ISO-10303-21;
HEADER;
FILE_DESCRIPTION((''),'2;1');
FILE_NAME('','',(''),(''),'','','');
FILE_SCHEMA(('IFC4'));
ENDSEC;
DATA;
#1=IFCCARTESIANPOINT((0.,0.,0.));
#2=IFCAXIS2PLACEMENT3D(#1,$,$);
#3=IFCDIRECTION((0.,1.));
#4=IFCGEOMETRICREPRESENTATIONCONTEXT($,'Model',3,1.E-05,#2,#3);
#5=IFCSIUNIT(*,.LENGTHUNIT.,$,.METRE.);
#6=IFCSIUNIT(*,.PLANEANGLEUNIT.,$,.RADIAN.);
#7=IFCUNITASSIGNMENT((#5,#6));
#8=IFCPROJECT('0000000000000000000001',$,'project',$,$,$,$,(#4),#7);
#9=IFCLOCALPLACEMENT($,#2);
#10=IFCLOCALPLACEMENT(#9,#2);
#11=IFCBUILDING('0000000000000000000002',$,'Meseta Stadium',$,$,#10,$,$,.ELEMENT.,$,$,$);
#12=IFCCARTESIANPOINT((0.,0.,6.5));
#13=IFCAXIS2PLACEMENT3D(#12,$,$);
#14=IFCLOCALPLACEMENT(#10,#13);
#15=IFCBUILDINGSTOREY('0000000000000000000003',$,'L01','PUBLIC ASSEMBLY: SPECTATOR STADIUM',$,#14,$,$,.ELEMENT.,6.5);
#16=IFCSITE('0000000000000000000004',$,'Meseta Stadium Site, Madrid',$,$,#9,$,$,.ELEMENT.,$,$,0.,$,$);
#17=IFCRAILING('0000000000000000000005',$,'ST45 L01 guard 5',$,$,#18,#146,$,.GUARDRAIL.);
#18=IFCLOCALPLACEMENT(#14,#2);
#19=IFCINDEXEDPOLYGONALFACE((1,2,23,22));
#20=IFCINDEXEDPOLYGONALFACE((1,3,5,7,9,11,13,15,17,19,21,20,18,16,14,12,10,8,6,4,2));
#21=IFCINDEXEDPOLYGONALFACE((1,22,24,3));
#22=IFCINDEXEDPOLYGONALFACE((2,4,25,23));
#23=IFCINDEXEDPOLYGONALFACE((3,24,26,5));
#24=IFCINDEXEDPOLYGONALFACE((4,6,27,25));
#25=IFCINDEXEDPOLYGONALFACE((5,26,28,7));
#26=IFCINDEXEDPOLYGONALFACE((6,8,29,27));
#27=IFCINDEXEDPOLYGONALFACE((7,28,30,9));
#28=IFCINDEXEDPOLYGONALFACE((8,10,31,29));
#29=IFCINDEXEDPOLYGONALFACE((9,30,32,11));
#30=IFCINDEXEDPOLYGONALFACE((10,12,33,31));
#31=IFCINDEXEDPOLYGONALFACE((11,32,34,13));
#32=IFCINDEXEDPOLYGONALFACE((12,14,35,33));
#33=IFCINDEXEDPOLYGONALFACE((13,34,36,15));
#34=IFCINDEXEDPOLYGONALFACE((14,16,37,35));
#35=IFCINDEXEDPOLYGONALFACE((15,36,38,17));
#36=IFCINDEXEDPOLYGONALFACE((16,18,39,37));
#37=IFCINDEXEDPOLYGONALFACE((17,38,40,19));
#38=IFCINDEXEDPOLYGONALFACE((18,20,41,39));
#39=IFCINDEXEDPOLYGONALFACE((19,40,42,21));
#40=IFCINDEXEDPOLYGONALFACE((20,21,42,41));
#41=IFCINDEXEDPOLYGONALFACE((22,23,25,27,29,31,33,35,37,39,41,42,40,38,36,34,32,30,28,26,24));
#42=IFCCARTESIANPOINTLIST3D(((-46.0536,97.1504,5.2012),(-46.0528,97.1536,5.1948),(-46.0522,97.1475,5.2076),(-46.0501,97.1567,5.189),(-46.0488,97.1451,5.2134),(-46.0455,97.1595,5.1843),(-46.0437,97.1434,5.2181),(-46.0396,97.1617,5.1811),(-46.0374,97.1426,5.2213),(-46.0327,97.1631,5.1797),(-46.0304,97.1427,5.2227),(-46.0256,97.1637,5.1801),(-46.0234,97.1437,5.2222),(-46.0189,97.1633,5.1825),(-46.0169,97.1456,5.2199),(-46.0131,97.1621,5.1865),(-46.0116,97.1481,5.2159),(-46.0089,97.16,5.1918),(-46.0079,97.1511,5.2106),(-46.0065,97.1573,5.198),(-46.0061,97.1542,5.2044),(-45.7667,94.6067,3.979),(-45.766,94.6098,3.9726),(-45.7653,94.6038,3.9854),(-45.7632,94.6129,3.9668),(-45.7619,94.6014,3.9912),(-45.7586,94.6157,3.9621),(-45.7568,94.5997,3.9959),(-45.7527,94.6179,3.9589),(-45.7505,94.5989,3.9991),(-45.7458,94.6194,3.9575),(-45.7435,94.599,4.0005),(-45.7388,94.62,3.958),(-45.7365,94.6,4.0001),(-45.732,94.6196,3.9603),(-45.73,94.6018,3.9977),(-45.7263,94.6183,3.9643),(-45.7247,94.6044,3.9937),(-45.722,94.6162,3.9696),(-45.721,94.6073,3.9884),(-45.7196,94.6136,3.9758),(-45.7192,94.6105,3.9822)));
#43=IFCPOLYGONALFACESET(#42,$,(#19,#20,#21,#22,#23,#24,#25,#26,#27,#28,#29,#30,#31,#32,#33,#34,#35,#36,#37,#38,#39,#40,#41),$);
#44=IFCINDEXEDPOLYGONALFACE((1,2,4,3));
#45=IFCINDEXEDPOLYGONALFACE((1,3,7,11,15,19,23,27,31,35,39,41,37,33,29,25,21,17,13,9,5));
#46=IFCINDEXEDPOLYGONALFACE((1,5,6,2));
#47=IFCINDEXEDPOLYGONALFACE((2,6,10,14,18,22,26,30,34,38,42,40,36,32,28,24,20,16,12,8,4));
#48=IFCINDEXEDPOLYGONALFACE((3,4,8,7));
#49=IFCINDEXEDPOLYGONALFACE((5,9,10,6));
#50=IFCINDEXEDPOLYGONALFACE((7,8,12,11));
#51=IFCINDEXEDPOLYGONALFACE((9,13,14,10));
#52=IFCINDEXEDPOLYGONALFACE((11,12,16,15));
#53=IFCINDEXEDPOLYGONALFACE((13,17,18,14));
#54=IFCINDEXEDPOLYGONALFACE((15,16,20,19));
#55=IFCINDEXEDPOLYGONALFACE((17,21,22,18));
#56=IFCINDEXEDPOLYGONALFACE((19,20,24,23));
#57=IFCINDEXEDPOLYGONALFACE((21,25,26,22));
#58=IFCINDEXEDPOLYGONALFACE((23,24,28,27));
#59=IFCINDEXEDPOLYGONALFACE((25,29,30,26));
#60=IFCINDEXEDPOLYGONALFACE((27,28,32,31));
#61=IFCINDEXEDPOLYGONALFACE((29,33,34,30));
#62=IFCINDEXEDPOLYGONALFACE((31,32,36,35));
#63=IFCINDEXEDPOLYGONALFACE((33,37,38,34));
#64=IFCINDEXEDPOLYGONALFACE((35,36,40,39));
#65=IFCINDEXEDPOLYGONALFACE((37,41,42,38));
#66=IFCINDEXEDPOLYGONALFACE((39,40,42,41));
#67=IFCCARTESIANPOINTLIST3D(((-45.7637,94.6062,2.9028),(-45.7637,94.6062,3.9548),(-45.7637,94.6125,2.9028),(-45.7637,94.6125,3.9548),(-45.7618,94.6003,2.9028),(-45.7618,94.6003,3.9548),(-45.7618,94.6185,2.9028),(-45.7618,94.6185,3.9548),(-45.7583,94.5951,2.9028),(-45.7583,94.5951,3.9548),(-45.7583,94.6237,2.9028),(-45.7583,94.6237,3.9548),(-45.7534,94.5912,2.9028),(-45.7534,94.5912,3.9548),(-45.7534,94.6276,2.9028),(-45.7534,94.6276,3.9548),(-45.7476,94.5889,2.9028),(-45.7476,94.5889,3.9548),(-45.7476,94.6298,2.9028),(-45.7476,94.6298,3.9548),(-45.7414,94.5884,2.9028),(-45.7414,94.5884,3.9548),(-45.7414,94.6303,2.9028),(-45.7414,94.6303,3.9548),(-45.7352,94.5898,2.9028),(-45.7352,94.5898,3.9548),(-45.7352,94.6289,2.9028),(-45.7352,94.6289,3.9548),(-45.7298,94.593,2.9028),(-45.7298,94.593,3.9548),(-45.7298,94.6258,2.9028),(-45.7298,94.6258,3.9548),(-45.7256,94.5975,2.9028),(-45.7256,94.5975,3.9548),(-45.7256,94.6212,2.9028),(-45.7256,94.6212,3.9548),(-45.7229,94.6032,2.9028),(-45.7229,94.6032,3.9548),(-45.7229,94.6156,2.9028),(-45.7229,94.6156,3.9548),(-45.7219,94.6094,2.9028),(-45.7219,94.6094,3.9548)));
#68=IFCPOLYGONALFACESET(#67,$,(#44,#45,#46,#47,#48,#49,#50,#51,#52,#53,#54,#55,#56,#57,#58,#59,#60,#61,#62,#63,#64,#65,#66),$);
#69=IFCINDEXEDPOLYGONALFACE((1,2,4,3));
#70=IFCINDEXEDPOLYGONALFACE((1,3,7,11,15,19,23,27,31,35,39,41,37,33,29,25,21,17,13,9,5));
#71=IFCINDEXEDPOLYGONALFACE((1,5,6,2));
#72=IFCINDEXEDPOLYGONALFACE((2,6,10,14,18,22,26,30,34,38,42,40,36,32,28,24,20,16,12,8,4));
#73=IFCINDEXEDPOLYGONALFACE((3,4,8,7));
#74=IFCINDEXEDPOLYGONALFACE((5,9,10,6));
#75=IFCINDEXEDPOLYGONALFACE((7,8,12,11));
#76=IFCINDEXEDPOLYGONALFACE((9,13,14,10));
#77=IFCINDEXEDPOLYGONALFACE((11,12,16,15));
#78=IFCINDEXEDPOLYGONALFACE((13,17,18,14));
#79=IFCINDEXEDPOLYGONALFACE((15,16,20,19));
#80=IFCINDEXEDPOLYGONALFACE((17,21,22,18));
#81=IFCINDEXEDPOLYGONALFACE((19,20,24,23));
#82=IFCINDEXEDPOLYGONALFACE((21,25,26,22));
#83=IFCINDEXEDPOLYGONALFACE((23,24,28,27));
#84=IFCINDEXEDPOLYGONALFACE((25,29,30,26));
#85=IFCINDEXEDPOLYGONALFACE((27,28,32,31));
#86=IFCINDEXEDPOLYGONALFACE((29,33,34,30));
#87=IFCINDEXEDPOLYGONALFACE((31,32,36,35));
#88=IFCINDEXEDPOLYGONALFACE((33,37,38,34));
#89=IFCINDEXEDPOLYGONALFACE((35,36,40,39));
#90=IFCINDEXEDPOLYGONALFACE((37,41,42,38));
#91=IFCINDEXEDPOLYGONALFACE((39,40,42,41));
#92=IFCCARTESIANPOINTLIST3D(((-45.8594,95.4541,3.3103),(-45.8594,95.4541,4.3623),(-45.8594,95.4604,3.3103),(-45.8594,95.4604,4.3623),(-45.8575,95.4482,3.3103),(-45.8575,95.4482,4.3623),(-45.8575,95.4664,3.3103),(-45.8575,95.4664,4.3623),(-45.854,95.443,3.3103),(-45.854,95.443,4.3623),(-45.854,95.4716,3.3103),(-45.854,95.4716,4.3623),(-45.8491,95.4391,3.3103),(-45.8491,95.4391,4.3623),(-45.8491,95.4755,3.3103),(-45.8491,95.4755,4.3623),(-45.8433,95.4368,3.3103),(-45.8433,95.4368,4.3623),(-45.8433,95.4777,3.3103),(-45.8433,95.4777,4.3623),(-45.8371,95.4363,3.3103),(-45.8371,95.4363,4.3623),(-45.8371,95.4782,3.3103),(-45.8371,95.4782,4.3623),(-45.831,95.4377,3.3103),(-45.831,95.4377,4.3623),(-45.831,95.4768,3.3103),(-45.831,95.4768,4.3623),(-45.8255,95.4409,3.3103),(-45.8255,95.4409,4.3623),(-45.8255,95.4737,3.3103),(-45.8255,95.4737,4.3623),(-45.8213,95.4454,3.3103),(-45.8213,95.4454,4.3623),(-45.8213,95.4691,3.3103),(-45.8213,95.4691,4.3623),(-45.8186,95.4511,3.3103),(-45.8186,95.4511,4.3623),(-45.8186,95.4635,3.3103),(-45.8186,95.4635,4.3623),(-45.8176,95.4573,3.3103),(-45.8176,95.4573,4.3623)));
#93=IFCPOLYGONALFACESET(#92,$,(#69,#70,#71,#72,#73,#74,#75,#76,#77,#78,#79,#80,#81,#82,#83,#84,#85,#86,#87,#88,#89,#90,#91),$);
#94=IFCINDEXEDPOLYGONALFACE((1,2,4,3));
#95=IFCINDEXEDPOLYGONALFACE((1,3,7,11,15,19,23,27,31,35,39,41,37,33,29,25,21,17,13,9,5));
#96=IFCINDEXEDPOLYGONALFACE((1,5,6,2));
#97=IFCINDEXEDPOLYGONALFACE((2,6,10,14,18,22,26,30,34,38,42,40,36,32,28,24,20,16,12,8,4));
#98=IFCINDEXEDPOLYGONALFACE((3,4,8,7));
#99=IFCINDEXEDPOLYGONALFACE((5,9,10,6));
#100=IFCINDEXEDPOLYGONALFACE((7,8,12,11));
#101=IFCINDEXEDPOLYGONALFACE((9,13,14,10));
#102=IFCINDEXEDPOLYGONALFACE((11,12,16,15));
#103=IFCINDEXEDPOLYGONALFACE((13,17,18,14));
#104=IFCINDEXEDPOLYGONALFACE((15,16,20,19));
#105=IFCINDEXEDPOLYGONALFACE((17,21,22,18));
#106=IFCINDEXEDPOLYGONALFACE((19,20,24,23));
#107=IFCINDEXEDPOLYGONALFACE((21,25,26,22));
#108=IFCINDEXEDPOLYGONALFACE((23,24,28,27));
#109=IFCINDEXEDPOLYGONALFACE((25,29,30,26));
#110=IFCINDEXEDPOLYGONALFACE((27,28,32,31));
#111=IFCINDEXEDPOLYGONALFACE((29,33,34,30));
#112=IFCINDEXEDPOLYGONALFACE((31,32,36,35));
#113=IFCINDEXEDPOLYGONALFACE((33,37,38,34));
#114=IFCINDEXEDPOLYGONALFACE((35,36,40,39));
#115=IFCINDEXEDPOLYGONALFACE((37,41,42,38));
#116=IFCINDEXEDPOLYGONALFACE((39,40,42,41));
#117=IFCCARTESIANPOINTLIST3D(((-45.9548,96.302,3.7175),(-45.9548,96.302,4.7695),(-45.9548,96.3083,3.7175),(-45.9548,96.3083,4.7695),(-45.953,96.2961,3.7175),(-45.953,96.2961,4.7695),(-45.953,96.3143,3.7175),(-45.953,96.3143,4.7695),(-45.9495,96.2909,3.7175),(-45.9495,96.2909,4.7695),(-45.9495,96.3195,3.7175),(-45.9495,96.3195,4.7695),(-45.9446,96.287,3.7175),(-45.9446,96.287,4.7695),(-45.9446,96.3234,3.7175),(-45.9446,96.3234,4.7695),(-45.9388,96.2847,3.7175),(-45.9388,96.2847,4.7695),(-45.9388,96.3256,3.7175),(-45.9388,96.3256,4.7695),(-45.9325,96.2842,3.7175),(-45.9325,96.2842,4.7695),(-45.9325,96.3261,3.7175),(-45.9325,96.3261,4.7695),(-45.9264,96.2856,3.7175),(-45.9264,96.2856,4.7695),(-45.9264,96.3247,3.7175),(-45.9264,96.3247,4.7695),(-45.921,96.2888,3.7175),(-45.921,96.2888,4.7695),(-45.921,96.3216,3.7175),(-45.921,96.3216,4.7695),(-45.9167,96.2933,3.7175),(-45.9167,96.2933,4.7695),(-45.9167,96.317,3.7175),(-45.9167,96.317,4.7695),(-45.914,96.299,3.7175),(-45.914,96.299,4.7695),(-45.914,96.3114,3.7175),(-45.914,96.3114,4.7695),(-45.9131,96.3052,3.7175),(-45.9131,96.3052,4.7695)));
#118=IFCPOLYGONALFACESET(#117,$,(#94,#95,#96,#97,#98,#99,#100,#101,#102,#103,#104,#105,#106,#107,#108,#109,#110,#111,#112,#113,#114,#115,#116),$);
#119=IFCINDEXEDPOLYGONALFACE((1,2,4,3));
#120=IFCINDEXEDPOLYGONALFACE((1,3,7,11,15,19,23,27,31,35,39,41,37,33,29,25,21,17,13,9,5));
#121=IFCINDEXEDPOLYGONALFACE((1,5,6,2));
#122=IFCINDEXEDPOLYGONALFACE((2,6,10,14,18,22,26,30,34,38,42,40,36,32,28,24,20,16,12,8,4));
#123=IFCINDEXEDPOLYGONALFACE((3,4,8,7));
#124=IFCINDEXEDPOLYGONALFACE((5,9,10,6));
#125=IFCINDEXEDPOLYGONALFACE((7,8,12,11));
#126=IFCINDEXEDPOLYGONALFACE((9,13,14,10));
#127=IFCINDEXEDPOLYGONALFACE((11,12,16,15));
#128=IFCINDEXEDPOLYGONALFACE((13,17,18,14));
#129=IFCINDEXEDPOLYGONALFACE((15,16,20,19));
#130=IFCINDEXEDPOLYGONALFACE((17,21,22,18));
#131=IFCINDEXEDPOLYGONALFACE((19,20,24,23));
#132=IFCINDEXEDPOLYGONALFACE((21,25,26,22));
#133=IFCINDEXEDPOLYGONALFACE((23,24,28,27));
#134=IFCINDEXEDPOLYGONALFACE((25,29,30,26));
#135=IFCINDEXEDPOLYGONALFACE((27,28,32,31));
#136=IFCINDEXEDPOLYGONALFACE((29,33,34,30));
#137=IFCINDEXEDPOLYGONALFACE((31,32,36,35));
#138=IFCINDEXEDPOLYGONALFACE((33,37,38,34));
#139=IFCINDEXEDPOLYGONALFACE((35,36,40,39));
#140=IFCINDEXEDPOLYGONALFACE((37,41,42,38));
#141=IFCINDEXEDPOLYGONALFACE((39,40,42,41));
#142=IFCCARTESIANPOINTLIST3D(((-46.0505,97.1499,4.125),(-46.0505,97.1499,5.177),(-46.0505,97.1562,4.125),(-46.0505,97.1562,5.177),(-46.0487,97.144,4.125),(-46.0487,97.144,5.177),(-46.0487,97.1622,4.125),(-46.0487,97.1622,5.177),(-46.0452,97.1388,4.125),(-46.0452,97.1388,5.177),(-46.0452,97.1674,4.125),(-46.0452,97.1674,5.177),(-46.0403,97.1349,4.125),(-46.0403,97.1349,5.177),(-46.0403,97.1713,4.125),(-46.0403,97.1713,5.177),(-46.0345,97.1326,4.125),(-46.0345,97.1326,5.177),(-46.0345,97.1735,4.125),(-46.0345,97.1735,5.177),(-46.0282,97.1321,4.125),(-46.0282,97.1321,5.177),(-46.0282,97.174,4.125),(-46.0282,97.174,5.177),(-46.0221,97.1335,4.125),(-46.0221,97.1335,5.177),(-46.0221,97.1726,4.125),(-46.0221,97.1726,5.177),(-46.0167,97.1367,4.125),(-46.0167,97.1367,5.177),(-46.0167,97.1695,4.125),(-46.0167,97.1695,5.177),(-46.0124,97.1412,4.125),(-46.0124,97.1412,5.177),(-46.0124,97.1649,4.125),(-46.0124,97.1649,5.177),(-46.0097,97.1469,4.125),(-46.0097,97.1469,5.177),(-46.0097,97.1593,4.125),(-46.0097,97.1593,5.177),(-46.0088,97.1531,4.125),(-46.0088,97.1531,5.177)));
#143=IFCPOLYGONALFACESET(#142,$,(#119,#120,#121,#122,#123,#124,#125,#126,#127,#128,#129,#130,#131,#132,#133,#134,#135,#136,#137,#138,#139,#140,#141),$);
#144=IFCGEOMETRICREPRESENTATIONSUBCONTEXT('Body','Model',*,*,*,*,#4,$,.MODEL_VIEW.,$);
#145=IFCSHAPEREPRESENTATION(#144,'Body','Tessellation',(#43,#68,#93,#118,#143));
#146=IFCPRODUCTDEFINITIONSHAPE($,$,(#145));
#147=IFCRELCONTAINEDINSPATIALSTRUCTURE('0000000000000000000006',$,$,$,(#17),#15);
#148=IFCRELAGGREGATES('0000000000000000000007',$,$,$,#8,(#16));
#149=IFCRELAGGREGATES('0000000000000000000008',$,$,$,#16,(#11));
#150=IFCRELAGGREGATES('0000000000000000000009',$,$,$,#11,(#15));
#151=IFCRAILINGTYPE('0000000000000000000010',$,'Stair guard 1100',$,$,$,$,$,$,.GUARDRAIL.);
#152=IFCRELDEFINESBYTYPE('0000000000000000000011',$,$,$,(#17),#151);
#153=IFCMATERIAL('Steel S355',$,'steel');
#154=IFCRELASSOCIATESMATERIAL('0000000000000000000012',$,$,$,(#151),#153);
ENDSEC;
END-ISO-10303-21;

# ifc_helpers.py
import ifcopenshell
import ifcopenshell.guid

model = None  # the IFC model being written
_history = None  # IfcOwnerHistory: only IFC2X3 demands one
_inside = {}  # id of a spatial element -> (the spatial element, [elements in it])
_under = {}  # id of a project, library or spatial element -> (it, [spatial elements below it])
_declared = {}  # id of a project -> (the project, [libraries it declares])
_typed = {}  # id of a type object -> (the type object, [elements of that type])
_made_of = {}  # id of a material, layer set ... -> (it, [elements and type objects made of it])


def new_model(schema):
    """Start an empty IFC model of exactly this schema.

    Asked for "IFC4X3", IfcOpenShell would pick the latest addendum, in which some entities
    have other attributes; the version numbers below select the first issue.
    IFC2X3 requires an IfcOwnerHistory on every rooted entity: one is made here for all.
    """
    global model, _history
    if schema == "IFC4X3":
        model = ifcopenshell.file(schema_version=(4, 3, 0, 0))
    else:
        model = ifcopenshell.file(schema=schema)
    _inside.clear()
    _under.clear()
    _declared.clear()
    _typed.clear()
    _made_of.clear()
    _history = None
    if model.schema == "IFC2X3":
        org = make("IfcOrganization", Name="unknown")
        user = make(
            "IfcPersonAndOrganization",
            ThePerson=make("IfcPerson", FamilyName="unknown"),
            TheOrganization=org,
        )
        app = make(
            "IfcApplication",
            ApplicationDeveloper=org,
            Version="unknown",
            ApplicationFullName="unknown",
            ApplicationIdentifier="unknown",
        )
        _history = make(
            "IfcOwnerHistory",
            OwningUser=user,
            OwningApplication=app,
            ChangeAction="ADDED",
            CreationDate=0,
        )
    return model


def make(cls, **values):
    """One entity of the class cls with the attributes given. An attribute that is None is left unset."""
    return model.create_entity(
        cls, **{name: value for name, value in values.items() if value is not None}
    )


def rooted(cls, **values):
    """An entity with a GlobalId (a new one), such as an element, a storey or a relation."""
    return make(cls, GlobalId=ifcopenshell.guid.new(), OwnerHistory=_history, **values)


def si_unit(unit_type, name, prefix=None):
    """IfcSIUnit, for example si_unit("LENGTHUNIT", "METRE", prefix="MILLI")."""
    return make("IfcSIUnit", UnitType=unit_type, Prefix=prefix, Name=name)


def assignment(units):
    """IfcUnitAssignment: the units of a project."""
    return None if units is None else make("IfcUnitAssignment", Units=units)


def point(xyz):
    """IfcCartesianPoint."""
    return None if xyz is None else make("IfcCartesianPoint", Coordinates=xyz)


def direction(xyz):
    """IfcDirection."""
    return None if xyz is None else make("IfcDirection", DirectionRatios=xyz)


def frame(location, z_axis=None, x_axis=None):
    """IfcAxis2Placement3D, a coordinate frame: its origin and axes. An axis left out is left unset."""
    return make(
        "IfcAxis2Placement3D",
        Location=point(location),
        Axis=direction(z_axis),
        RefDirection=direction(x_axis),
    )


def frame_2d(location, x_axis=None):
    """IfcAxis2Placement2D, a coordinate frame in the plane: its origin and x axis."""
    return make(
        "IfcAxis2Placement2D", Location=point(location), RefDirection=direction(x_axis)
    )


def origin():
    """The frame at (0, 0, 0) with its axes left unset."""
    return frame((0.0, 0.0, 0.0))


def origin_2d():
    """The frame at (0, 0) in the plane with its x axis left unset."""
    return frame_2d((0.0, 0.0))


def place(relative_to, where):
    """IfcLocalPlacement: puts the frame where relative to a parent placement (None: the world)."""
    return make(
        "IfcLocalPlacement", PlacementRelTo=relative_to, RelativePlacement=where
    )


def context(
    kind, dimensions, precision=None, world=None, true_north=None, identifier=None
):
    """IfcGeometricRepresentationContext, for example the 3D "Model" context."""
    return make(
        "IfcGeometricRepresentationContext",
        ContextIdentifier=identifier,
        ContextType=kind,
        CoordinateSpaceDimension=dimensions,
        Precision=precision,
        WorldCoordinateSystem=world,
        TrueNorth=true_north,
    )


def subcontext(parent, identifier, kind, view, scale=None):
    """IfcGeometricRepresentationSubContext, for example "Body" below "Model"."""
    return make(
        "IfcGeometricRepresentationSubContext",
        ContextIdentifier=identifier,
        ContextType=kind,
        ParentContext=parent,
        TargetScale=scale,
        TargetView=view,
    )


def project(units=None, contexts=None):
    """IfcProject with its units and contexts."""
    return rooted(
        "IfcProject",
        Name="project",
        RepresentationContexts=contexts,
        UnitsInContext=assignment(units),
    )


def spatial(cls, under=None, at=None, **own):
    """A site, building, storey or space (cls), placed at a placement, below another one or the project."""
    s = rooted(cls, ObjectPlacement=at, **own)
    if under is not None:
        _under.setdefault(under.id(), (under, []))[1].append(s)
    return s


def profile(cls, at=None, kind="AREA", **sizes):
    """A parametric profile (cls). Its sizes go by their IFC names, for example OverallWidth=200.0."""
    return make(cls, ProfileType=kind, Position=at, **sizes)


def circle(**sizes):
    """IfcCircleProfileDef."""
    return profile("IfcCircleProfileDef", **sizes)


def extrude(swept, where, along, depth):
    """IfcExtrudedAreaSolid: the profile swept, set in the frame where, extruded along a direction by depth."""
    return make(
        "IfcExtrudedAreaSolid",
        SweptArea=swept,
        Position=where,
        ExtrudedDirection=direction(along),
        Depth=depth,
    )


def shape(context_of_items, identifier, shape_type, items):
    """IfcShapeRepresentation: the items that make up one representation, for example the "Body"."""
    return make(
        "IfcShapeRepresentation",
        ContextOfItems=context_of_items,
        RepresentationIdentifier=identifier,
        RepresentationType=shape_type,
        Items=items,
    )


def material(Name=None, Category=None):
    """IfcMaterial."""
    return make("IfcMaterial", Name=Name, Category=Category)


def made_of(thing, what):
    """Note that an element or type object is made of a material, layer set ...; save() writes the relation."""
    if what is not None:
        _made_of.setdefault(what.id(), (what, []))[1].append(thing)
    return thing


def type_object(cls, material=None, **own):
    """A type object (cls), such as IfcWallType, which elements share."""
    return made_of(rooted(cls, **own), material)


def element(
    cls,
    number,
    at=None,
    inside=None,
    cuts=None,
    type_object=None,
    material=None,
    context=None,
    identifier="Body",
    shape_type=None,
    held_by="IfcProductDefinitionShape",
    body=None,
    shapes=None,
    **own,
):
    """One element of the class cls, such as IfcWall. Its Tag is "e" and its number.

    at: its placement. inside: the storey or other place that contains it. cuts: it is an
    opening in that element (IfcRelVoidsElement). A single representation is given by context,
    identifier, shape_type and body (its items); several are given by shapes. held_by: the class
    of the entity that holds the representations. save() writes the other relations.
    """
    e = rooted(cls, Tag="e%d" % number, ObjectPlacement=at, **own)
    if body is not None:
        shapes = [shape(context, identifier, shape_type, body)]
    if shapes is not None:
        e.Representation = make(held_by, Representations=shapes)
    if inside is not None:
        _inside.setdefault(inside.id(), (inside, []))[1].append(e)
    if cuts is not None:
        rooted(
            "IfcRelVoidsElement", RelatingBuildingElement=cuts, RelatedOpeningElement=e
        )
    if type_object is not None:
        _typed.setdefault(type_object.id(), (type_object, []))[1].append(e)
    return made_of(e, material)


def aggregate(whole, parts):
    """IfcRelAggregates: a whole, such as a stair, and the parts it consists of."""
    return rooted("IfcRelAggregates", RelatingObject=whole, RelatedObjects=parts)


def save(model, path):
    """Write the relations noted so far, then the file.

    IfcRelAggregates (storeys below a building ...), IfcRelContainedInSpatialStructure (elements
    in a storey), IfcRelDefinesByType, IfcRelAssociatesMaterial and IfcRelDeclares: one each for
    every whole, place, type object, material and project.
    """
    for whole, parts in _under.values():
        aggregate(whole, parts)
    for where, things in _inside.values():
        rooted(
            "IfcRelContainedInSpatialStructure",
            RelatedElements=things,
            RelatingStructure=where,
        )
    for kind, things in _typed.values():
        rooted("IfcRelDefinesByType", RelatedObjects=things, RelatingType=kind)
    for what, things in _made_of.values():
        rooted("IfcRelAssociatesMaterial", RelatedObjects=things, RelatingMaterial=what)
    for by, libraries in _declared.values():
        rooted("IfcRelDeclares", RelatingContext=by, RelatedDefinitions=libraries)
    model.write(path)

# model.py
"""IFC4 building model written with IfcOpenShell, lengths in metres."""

from ifc_helpers import new_model, si_unit, direction, frame, origin, origin_2d, place, context, subcontext, project, spatial, circle, extrude, material, type_object, element, save


model = new_model("IFC4")

# Units and contexts
model_context = context("Model", 3, precision=1e-05, world=origin(), true_north=direction((0.0, 1.0)))
body_context = subcontext(model_context, "Body", "Model", "MODEL_VIEW")
ifc_project = project(units=[si_unit("LENGTHUNIT", "METRE"), si_unit("PLANEANGLEUNIT", "RADIAN")], contexts=[model_context])

# Site, building, storey
site_placement = place(None, origin())
site = spatial("IfcSite", under=ifc_project, at=site_placement, Name="Meseta Stadium Site, Madrid", CompositionType="ELEMENT", RefElevation=0.0)
building_placement = place(site_placement, origin())
building = spatial("IfcBuilding", under=site, at=building_placement, Name="Meseta Stadium", CompositionType="ELEMENT")
storey_placement = place(building_placement, frame((0.0, 0.0, 6.5)))
storey = spatial("IfcBuildingStorey", under=building, at=storey_placement, Name="L01", Description="PUBLIC ASSEMBLY: SPECTATOR STADIUM", CompositionType="ELEMENT", Elevation=6.5)

# Railing
ifc_material_1 = material(Name="Steel S355", Category="steel")
railing_type_1 = type_object("IfcRailingType", Name="Stair guard 1100", PredefinedType="GUARDRAIL", material=ifc_material_1)
railing_1_placement = place(storey_placement, frame((-45.7429, 94.6094, 2.9028)))
element("IfcRailing", 1, at=railing_1_placement, inside=storey, type_object=railing_type_1, Name="ST45 L01 guard 5", PredefinedType="GUARDRAIL", context=body_context, shape_type="SweptSolid", body=[
    extrude(circle(Radius=0.0239, at=origin_2d()), frame((0.0, 0.0, 1.0762), z_axis=(-0.101129, 0.896737, 0.430854), x_axis=(-0.993701, -0.112064, 0.0)), (0.0, 0.0, 1.0), 2.8367),
    extrude(circle(Radius=0.021, at=origin_2d()), origin(), (0.0, 0.0, 1.0), 1.052),
    extrude(circle(Radius=0.021, at=origin_2d()), frame((-0.0957, 0.8479, 0.4075)), (0.0, 0.0, 1.0), 1.052),
    extrude(circle(Radius=0.021, at=origin_2d()), frame((-0.1912, 1.6958, 0.8147)), (0.0, 0.0, 1.0), 1.052),
    extrude(circle(Radius=0.021, at=origin_2d()), frame((-0.2869, 2.5437, 1.2222)), (0.0, 0.0, 1.0), 1.052),
])

save(model, "model.ifc")
